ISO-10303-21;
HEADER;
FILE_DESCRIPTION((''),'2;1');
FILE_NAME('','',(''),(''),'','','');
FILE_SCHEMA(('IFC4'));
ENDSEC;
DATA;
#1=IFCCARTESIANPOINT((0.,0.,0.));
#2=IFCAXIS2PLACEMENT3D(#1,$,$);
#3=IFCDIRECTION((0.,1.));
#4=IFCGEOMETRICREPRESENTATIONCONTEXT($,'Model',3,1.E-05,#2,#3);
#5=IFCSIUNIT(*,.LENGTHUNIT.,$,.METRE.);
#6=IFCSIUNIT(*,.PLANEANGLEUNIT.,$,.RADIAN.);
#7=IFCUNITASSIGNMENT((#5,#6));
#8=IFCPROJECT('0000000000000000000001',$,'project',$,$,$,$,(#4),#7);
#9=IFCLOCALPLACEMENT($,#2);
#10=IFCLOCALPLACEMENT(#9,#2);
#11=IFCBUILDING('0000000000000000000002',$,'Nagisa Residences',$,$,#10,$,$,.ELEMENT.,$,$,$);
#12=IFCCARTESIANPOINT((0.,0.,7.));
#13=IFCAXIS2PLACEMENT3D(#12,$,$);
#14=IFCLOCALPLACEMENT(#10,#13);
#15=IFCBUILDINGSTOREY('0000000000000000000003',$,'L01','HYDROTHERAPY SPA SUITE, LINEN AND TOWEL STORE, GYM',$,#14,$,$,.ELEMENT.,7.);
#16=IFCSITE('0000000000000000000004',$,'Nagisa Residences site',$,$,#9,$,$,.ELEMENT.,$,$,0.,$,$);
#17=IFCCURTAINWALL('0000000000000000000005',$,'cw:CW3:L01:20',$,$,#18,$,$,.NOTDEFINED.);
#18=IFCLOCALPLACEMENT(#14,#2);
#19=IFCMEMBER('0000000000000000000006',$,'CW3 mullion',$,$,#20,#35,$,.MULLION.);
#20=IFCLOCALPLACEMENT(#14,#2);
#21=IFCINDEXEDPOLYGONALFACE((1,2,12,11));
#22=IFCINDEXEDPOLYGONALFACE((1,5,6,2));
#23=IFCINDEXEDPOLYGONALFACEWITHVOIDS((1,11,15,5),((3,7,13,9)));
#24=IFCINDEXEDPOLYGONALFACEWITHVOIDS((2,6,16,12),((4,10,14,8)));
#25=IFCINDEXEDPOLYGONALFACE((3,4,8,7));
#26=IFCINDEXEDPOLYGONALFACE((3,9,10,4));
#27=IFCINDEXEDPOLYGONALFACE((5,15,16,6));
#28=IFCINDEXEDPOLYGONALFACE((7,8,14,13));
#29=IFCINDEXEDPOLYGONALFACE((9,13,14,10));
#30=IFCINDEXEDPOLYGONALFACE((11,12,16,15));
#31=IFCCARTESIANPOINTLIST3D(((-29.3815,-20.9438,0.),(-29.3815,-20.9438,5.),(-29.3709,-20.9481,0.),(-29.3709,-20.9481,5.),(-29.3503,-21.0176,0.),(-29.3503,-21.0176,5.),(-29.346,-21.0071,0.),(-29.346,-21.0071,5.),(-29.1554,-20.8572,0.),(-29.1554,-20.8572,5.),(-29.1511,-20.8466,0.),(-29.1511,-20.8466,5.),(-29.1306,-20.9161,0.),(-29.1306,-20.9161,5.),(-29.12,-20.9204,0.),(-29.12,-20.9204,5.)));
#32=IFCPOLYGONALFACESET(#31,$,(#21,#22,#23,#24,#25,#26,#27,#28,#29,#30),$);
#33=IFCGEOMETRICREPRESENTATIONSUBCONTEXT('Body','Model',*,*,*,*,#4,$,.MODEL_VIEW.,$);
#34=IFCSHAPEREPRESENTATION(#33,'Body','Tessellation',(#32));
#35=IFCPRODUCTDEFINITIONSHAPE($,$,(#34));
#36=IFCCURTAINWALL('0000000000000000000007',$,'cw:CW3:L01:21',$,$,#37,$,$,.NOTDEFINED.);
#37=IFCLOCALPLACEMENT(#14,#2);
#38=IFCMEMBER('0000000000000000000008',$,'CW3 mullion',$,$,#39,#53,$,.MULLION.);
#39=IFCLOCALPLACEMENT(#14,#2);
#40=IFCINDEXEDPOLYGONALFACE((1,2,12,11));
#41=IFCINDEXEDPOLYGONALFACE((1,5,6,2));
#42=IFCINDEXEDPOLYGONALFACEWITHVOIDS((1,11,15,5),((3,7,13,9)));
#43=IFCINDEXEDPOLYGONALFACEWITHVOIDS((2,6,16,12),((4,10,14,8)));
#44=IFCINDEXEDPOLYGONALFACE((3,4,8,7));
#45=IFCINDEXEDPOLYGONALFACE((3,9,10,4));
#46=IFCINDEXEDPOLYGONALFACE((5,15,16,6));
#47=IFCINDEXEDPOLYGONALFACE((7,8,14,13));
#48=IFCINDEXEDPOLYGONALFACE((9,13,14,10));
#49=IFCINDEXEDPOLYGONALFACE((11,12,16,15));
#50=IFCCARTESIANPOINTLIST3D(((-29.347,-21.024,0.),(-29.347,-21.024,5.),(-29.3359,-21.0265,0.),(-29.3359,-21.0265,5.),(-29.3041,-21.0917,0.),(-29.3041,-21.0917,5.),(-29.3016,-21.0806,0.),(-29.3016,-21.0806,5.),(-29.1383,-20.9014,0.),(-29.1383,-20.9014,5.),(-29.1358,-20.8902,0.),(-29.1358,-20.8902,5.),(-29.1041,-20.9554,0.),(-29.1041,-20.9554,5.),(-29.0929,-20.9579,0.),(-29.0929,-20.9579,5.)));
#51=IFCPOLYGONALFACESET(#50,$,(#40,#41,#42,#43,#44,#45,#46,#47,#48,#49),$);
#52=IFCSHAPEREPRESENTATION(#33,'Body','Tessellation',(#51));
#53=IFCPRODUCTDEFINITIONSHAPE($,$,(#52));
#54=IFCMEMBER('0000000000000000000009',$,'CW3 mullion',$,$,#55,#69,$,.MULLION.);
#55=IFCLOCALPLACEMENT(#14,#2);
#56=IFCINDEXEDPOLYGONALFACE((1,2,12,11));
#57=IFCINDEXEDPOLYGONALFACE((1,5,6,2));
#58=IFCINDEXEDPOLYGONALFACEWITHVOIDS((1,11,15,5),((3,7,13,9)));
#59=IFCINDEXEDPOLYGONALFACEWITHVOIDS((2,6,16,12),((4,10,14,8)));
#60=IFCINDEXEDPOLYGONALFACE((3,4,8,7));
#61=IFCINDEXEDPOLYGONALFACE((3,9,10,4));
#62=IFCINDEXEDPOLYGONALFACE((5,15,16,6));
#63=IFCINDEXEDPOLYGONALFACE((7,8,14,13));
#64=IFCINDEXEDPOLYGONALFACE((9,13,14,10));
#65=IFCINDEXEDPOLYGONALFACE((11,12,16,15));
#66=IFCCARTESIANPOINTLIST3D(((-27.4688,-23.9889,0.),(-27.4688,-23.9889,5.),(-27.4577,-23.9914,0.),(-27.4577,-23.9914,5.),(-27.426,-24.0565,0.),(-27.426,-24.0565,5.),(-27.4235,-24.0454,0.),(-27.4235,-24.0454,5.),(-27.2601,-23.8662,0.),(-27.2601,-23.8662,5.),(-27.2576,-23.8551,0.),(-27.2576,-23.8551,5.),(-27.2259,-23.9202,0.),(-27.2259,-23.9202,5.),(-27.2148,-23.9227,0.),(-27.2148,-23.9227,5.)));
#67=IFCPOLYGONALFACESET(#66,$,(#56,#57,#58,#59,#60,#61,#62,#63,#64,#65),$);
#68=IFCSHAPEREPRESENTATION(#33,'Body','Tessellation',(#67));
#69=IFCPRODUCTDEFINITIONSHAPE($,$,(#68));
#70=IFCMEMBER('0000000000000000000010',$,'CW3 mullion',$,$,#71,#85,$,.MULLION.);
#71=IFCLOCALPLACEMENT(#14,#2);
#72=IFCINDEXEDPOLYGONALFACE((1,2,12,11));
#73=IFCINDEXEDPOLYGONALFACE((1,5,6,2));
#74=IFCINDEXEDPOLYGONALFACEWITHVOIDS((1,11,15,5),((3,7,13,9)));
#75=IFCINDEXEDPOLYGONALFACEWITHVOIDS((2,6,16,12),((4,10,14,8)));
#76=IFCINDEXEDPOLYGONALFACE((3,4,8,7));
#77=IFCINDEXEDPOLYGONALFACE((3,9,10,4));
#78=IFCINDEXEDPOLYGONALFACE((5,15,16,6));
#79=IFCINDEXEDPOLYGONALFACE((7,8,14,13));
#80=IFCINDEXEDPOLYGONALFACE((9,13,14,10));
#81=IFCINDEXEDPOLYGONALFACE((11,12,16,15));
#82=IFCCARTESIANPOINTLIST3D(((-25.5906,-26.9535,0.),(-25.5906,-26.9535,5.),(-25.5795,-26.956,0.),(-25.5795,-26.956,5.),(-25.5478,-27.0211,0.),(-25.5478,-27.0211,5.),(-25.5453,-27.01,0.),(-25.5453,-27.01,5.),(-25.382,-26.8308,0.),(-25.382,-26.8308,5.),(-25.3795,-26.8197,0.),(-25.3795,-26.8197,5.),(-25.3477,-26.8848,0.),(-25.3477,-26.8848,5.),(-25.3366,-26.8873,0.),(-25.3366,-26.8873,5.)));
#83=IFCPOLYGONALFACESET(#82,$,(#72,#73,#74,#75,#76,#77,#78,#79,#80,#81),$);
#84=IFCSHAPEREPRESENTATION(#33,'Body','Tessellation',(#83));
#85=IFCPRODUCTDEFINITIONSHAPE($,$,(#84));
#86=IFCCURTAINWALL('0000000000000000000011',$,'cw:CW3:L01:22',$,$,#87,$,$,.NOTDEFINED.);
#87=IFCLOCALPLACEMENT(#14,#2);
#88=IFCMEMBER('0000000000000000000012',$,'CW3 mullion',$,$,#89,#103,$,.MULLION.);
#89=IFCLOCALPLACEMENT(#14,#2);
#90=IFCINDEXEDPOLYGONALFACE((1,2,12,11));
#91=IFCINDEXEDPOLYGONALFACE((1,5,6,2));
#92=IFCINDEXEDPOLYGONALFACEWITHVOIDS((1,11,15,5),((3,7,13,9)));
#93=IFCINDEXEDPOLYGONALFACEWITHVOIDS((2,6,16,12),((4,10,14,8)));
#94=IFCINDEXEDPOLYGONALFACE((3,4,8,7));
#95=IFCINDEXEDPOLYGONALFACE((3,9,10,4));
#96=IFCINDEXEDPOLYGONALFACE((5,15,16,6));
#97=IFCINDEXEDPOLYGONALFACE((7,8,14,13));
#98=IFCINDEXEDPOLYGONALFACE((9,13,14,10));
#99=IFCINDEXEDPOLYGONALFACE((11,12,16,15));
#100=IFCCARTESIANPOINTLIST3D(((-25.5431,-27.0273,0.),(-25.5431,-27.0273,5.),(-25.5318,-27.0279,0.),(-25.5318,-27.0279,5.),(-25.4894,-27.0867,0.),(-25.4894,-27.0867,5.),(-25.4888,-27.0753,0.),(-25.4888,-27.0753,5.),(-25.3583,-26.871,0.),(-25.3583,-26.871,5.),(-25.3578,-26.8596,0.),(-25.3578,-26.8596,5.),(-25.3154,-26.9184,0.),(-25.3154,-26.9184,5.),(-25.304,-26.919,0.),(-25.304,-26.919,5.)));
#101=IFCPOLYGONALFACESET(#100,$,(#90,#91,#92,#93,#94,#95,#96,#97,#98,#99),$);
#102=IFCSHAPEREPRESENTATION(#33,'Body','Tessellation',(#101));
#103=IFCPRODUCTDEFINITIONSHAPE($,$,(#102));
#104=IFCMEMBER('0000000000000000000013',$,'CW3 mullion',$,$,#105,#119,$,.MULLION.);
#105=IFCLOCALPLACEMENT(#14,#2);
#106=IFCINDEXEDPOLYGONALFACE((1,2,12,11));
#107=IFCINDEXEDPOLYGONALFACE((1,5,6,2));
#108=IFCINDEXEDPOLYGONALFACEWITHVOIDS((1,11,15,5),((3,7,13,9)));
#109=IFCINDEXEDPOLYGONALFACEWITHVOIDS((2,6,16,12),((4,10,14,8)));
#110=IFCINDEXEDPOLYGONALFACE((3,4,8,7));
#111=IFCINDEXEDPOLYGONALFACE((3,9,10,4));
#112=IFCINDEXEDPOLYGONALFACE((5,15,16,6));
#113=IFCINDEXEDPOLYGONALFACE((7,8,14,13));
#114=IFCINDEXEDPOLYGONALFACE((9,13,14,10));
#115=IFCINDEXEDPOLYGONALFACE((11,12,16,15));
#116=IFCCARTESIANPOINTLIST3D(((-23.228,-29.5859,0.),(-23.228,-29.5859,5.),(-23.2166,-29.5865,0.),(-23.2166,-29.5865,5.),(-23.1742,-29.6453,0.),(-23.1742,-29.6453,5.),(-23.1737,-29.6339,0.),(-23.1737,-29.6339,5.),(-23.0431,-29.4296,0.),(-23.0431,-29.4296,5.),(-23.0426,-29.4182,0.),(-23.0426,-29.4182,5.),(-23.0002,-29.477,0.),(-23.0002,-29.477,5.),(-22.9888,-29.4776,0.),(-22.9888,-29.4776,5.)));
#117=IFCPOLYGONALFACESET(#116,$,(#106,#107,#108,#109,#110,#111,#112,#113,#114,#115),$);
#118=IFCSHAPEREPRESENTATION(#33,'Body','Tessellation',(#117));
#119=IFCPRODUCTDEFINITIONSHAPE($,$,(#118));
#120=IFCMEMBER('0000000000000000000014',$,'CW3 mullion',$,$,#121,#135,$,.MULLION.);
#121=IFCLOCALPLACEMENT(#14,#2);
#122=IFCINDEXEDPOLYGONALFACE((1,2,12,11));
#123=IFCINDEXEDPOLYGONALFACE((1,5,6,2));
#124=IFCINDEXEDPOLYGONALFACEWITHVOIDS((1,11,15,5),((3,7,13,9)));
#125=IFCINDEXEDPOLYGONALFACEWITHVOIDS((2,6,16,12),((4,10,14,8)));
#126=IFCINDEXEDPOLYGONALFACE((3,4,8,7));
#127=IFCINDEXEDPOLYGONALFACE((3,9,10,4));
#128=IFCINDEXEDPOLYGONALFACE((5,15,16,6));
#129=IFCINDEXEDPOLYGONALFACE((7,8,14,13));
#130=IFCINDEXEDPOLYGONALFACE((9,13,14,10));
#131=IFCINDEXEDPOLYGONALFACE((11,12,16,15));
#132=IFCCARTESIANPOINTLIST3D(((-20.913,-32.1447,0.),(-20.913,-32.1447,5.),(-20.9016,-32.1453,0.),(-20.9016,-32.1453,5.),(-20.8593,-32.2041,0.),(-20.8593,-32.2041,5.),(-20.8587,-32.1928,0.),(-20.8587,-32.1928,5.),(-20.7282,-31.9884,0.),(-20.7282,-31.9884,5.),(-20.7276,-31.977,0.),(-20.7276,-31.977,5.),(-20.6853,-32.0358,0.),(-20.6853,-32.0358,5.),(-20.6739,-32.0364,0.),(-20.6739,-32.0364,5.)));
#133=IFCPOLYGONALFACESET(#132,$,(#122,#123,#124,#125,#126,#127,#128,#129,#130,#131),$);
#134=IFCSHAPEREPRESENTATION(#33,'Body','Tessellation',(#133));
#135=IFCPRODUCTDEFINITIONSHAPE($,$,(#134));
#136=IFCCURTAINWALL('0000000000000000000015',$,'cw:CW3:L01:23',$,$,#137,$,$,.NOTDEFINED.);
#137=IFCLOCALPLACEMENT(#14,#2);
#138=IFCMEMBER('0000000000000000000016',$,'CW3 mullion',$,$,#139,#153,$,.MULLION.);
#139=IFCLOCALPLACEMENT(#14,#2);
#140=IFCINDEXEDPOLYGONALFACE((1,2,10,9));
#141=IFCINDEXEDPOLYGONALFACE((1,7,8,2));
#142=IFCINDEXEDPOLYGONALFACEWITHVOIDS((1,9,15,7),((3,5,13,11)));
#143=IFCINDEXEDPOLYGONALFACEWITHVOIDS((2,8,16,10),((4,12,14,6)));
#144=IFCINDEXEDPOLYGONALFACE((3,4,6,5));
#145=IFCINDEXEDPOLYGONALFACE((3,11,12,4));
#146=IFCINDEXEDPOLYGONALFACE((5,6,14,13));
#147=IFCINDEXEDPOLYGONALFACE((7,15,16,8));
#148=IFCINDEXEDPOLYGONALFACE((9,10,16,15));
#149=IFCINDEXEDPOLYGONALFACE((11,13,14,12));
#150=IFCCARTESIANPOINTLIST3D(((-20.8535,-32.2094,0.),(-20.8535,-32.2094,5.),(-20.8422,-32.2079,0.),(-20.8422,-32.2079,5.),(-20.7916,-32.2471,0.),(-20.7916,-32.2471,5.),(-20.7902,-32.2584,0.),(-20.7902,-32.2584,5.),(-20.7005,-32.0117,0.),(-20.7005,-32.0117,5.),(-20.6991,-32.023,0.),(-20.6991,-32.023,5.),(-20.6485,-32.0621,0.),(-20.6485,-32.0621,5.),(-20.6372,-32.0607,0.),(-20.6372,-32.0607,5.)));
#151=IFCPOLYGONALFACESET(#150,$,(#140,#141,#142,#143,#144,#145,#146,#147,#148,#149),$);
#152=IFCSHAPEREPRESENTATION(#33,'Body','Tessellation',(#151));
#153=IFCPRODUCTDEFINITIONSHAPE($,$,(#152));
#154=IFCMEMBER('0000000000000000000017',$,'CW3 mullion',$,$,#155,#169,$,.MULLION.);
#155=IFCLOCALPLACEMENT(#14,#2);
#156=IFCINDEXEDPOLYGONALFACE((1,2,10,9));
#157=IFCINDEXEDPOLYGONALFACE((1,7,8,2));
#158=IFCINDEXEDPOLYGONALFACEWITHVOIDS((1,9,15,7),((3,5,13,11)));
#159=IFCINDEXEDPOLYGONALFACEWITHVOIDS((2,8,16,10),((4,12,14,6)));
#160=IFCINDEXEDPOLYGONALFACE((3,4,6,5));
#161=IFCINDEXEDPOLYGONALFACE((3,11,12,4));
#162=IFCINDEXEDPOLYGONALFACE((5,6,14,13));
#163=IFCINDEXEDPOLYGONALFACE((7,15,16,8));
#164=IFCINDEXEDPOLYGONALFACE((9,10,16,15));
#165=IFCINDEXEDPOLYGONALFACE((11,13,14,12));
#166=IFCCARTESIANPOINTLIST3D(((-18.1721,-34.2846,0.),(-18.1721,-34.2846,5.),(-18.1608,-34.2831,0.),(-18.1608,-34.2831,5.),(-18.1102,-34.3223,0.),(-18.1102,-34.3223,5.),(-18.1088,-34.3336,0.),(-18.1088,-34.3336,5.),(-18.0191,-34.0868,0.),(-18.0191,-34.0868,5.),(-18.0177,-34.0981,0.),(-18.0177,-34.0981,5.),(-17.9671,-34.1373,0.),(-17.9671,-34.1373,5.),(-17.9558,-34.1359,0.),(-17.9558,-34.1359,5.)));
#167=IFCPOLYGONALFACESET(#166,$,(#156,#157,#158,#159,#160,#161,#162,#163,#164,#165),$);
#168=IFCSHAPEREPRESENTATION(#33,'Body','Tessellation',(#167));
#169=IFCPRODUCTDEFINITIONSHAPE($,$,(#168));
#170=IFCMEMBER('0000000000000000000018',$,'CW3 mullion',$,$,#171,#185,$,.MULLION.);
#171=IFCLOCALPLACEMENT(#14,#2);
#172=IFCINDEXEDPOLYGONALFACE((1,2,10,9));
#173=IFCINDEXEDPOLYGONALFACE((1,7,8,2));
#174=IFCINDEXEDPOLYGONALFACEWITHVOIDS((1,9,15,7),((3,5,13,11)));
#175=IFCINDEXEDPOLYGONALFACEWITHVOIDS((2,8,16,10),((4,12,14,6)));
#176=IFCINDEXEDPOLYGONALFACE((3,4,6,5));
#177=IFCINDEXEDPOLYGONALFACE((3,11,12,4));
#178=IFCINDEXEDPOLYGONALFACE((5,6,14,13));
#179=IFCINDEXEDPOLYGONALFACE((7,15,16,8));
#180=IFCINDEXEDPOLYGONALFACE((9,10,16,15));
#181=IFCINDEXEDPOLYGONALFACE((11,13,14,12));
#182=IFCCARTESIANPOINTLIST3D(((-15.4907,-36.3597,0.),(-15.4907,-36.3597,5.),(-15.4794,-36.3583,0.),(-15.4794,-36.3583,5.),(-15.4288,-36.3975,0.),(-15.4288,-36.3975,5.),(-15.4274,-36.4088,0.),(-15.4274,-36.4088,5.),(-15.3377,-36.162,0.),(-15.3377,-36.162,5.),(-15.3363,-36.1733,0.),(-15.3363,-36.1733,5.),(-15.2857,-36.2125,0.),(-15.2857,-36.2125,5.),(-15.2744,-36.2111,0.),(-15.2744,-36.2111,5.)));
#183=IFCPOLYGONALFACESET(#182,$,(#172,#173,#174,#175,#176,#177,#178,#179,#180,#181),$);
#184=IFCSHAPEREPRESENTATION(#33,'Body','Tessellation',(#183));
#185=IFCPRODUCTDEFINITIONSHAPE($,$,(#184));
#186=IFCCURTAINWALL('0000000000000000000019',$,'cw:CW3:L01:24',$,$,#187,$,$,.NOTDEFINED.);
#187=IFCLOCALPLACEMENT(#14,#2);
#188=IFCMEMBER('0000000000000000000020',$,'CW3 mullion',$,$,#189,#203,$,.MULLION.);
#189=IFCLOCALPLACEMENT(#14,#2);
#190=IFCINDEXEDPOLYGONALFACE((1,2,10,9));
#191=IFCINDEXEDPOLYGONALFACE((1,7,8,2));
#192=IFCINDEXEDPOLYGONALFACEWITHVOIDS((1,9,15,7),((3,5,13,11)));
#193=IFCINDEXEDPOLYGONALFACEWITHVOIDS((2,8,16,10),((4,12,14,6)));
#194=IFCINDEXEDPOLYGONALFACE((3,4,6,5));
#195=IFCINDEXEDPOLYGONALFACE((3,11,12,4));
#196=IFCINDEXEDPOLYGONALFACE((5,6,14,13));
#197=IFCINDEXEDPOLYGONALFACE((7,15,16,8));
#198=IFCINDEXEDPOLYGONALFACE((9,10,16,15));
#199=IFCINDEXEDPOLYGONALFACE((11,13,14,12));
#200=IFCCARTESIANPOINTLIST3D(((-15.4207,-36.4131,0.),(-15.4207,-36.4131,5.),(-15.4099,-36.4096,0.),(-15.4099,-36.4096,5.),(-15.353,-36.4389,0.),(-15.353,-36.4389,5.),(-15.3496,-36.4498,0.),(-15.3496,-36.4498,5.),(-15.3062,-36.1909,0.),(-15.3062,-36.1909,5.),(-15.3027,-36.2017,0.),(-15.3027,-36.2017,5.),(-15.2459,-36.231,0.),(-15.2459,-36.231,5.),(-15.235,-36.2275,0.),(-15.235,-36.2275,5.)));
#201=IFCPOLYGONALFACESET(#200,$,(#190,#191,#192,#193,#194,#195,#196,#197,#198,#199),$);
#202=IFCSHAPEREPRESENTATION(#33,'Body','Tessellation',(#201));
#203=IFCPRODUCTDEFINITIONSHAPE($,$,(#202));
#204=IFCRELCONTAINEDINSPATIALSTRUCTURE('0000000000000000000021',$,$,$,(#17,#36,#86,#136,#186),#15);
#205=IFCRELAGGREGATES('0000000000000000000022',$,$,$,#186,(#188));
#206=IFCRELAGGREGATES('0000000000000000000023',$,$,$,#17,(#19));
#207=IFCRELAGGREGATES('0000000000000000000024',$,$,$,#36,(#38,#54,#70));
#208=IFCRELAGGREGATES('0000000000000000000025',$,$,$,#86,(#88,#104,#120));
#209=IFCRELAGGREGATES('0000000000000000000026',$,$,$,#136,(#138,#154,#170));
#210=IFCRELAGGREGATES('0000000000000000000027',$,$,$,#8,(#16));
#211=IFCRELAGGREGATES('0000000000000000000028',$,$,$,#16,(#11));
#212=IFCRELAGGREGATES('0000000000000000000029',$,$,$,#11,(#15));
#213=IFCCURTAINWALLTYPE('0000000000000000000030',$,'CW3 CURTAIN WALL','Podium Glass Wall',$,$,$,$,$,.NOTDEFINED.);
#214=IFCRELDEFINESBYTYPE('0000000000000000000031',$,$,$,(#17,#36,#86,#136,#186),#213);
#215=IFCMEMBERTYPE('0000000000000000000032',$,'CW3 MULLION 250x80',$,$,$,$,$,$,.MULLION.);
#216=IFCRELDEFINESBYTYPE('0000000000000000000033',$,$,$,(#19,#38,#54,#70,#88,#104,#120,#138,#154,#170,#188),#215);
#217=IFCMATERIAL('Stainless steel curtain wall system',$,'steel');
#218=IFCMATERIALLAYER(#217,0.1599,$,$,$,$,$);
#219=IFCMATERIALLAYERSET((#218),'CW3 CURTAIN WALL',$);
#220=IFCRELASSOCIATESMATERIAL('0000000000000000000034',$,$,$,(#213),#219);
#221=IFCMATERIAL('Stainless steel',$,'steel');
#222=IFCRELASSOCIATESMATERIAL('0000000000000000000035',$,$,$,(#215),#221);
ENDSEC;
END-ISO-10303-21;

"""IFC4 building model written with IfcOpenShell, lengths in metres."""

from ifc_helpers import new_model, si_unit, direction, frame, origin, origin_2d, place, context, subcontext, project, spatial, hollow_rectangle, extrude, material, layer, layer_set, material_profile, profile_set, type_object, element, aggregate, save


model = new_model("IFC4")

# Units and contexts
model_context = context("Model", 3, precision=1e-05, world=origin(), true_north=direction((0.0, 1.0)))
body_context = subcontext(model_context, "Body", "Model", "MODEL_VIEW")
ifc_project = project(units=[si_unit("LENGTHUNIT", "METRE"), si_unit("PLANEANGLEUNIT", "RADIAN")], contexts=[model_context])

# Site, building, storey
site_placement = place(None, origin())
site = spatial("IfcSite", under=ifc_project, at=site_placement, Name="Nagisa Residences site", CompositionType="ELEMENT", RefElevation=0.0)
building_placement = place(site_placement, origin())
building = spatial("IfcBuilding", under=site, at=building_placement, Name="Nagisa Residences", CompositionType="ELEMENT")
storey_placement = place(building_placement, frame((0.0, 0.0, 7.0)))
storey = spatial("IfcBuildingStorey", under=building, at=storey_placement, Name="L01", Description="HYDROTHERAPY SPA SUITE, LINEN AND TOWEL STORE, GYM", CompositionType="ELEMENT", Elevation=7.0)

# Curtain walls, members
ifc_material_1 = material(Name="Stainless steel curtain wall system", Category="steel")
ifc_layer_1 = layer(ifc_material_1, 0.1599)
ifc_layer_set_1 = layer_set([ifc_layer_1], Name="CW3 CURTAIN WALL")
curtain_wall_type_1 = type_object("IfcCurtainWallType", Name="CW3 CURTAIN WALL", Description="Podium Glass Wall", PredefinedType="NOTDEFINED", material=ifc_layer_set_1)
curtain_wall_1_placement = place(storey_placement, origin())
curtain_wall_1 = element("IfcCurtainWall", 1, at=curtain_wall_1_placement, inside=storey, type_object=curtain_wall_type_1, Name="cw:CW3:L01:20", PredefinedType="NOTDEFINED")
ifc_material_2 = material(Name="Stainless steel", Category="steel")
ifc_material_profile_1 = material_profile(ifc_material_2, hollow_rectangle(XDim=0.25, YDim=0.0801, WallThickness=0.0081, at=origin_2d()), Name="CW3 MULLION 250x80")
ifc_profile_set_1 = profile_set([ifc_material_profile_1], Name="Stainless steel")
member_type_1 = type_object("IfcMemberType", Name="CW3 MULLION 250x80", PredefinedType="MULLION", material=ifc_profile_set_1)
member_1_placement = place(storey_placement, frame((-29.2507, -20.9321, 0.0), z_axis=(0.0, 0.0, 1.0), x_axis=(0.921357, 0.388718, 0.0)))
member_1 = element("IfcMember", 2, at=member_1_placement, type_object=member_type_1, Name="CW3 mullion", PredefinedType="MULLION", context=body_context, shape_type="SweptSolid", body=[
    extrude(hollow_rectangle(XDim=0.25, YDim=0.0801, WallThickness=0.0081, at=origin_2d()), origin(), (0.0, 0.0, 1.0), 5.0),
])
curtain_wall_2_placement = place(storey_placement, origin())
curtain_wall_2 = element("IfcCurtainWall", 3, at=curtain_wall_2_placement, inside=storey, type_object=curtain_wall_type_1, Name="cw:CW3:L01:21", PredefinedType="NOTDEFINED")
member_2_placement = place(storey_placement, frame((-29.22, -20.991, 0.0), z_axis=(0.0, 0.0, 1.0), x_axis=(0.844747, 0.535165, 0.0)))
member_2 = element("IfcMember", 4, at=member_2_placement, type_object=member_type_1, Name="CW3 mullion", PredefinedType="MULLION", context=body_context, shape_type="SweptSolid", body=[
    extrude(hollow_rectangle(XDim=0.25, YDim=0.0801, WallThickness=0.0081, at=origin_2d()), origin(), (0.0, 0.0, 1.0), 5.0),
])
member_3_placement = place(storey_placement, frame((-27.3418, -23.9558, 0.0), z_axis=(0.0, 0.0, 1.0), x_axis=(0.844747, 0.535165, 0.0)))
member_3 = element("IfcMember", 5, at=member_3_placement, type_object=member_type_1, Name="CW3 mullion", PredefinedType="MULLION", context=body_context, shape_type="SweptSolid", body=[
    extrude(hollow_rectangle(XDim=0.25, YDim=0.0801, WallThickness=0.0081, at=origin_2d()), origin(), (0.0, 0.0, 1.0), 5.0),
])
member_4_placement = place(storey_placement, frame((-25.4636, -26.9204, 0.0), z_axis=(0.0, 0.0, 1.0), x_axis=(0.844747, 0.535165, 0.0)))
member_4 = element("IfcMember", 6, at=member_4_placement, type_object=member_type_1, Name="CW3 mullion", PredefinedType="MULLION", context=body_context, shape_type="SweptSolid", body=[
    extrude(hollow_rectangle(XDim=0.25, YDim=0.0801, WallThickness=0.0081, at=origin_2d()), origin(), (0.0, 0.0, 1.0), 5.0),
])
curtain_wall_3_placement = place(storey_placement, origin())
curtain_wall_3 = element("IfcCurtainWall", 7, at=curtain_wall_3_placement, inside=storey, type_object=curtain_wall_type_1, Name="cw:CW3:L01:22", PredefinedType="NOTDEFINED")
member_5_placement = place(storey_placement, frame((-25.4236, -26.9731, 0.0), z_axis=(0.0, 0.0, 1.0), x_axis=(0.741536, 0.670913, 0.0)))
member_5 = element("IfcMember", 8, at=member_5_placement, type_object=member_type_1, Name="CW3 mullion", PredefinedType="MULLION", context=body_context, shape_type="SweptSolid", body=[
    extrude(hollow_rectangle(XDim=0.25, YDim=0.0801, WallThickness=0.0081, at=origin_2d()), origin(), (0.0, 0.0, 1.0), 5.0),
])
member_6_placement = place(storey_placement, frame((-23.1084, -29.5317, 0.0), z_axis=(0.0, 0.0, 1.0), x_axis=(0.741536, 0.670913, 0.0)))
member_6 = element("IfcMember", 9, at=member_6_placement, type_object=member_type_1, Name="CW3 mullion", PredefinedType="MULLION", context=body_context, shape_type="SweptSolid", body=[
    extrude(hollow_rectangle(XDim=0.25, YDim=0.0801, WallThickness=0.0081, at=origin_2d()), origin(), (0.0, 0.0, 1.0), 5.0),
])
member_7_placement = place(storey_placement, frame((-20.7935, -32.0906, 0.0), z_axis=(0.0, 0.0, 1.0), x_axis=(0.741536, 0.670913, 0.0)))
member_7 = element("IfcMember", 10, at=member_7_placement, type_object=member_type_1, Name="CW3 mullion", PredefinedType="MULLION", context=body_context, shape_type="SweptSolid", body=[
    extrude(hollow_rectangle(XDim=0.25, YDim=0.0801, WallThickness=0.0081, at=origin_2d()), origin(), (0.0, 0.0, 1.0), 5.0),
])
curtain_wall_4_placement = place(storey_placement, origin())
curtain_wall_4 = element("IfcCurtainWall", 11, at=curtain_wall_4_placement, inside=storey, type_object=curtain_wall_type_1, Name="cw:CW3:L01:23", PredefinedType="NOTDEFINED")
member_8_placement = place(storey_placement, frame((-20.7454, -32.135, 0.0), z_axis=(0.0, 0.0, 1.0), x_axis=(0.612035, 0.790831, 0.0)))
member_8 = element("IfcMember", 12, at=member_8_placement, type_object=member_type_1, Name="CW3 mullion", PredefinedType="MULLION", context=body_context, shape_type="SweptSolid", body=[
    extrude(hollow_rectangle(XDim=0.25, YDim=0.0801, WallThickness=0.0081, at=origin_2d()), origin(), (0.0, 0.0, 1.0), 5.0),
])
member_9_placement = place(storey_placement, frame((-18.064, -34.2102, 0.0), z_axis=(0.0, 0.0, 1.0), x_axis=(0.612035, 0.790831, 0.0)))
member_9 = element("IfcMember", 13, at=member_9_placement, type_object=member_type_1, Name="CW3 mullion", PredefinedType="MULLION", context=body_context, shape_type="SweptSolid", body=[
    extrude(hollow_rectangle(XDim=0.25, YDim=0.0801, WallThickness=0.0081, at=origin_2d()), origin(), (0.0, 0.0, 1.0), 5.0),
])
member_10_placement = place(storey_placement, frame((-15.3826, -36.2854, 0.0), z_axis=(0.0, 0.0, 1.0), x_axis=(0.612035, 0.790831, 0.0)))
member_10 = element("IfcMember", 14, at=member_10_placement, type_object=member_type_1, Name="CW3 mullion", PredefinedType="MULLION", context=body_context, shape_type="SweptSolid", body=[
    extrude(hollow_rectangle(XDim=0.25, YDim=0.0801, WallThickness=0.0081, at=origin_2d()), origin(), (0.0, 0.0, 1.0), 5.0),
])

# Curtain wall, member
curtain_wall_5_placement = place(storey_placement, origin())
curtain_wall_5 = element("IfcCurtainWall", 15, at=curtain_wall_5_placement, inside=storey, type_object=curtain_wall_type_1, Name="cw:CW3:L01:24", PredefinedType="NOTDEFINED")
member_11_placement = place(storey_placement, frame((-15.3279, -36.3203, 0.0), z_axis=(0.0, 0.0, 1.0), x_axis=(0.458126, 0.888887, 0.0)))
member_11 = element("IfcMember", 16, at=member_11_placement, type_object=member_type_1, Name="CW3 mullion", PredefinedType="MULLION", context=body_context, shape_type="SweptSolid", body=[
    extrude(hollow_rectangle(XDim=0.25, YDim=0.0801, WallThickness=0.0081, at=origin_2d()), origin(), (0.0, 0.0, 1.0), 5.0),
])

aggregate(curtain_wall_5, [member_11])

aggregate(curtain_wall_1, [member_1])
aggregate(curtain_wall_2, [member_2, member_3, member_4])
aggregate(curtain_wall_3, [member_5, member_6, member_7])
aggregate(curtain_wall_4, [member_8, member_9, member_10])

save(model, "model.ifc")
